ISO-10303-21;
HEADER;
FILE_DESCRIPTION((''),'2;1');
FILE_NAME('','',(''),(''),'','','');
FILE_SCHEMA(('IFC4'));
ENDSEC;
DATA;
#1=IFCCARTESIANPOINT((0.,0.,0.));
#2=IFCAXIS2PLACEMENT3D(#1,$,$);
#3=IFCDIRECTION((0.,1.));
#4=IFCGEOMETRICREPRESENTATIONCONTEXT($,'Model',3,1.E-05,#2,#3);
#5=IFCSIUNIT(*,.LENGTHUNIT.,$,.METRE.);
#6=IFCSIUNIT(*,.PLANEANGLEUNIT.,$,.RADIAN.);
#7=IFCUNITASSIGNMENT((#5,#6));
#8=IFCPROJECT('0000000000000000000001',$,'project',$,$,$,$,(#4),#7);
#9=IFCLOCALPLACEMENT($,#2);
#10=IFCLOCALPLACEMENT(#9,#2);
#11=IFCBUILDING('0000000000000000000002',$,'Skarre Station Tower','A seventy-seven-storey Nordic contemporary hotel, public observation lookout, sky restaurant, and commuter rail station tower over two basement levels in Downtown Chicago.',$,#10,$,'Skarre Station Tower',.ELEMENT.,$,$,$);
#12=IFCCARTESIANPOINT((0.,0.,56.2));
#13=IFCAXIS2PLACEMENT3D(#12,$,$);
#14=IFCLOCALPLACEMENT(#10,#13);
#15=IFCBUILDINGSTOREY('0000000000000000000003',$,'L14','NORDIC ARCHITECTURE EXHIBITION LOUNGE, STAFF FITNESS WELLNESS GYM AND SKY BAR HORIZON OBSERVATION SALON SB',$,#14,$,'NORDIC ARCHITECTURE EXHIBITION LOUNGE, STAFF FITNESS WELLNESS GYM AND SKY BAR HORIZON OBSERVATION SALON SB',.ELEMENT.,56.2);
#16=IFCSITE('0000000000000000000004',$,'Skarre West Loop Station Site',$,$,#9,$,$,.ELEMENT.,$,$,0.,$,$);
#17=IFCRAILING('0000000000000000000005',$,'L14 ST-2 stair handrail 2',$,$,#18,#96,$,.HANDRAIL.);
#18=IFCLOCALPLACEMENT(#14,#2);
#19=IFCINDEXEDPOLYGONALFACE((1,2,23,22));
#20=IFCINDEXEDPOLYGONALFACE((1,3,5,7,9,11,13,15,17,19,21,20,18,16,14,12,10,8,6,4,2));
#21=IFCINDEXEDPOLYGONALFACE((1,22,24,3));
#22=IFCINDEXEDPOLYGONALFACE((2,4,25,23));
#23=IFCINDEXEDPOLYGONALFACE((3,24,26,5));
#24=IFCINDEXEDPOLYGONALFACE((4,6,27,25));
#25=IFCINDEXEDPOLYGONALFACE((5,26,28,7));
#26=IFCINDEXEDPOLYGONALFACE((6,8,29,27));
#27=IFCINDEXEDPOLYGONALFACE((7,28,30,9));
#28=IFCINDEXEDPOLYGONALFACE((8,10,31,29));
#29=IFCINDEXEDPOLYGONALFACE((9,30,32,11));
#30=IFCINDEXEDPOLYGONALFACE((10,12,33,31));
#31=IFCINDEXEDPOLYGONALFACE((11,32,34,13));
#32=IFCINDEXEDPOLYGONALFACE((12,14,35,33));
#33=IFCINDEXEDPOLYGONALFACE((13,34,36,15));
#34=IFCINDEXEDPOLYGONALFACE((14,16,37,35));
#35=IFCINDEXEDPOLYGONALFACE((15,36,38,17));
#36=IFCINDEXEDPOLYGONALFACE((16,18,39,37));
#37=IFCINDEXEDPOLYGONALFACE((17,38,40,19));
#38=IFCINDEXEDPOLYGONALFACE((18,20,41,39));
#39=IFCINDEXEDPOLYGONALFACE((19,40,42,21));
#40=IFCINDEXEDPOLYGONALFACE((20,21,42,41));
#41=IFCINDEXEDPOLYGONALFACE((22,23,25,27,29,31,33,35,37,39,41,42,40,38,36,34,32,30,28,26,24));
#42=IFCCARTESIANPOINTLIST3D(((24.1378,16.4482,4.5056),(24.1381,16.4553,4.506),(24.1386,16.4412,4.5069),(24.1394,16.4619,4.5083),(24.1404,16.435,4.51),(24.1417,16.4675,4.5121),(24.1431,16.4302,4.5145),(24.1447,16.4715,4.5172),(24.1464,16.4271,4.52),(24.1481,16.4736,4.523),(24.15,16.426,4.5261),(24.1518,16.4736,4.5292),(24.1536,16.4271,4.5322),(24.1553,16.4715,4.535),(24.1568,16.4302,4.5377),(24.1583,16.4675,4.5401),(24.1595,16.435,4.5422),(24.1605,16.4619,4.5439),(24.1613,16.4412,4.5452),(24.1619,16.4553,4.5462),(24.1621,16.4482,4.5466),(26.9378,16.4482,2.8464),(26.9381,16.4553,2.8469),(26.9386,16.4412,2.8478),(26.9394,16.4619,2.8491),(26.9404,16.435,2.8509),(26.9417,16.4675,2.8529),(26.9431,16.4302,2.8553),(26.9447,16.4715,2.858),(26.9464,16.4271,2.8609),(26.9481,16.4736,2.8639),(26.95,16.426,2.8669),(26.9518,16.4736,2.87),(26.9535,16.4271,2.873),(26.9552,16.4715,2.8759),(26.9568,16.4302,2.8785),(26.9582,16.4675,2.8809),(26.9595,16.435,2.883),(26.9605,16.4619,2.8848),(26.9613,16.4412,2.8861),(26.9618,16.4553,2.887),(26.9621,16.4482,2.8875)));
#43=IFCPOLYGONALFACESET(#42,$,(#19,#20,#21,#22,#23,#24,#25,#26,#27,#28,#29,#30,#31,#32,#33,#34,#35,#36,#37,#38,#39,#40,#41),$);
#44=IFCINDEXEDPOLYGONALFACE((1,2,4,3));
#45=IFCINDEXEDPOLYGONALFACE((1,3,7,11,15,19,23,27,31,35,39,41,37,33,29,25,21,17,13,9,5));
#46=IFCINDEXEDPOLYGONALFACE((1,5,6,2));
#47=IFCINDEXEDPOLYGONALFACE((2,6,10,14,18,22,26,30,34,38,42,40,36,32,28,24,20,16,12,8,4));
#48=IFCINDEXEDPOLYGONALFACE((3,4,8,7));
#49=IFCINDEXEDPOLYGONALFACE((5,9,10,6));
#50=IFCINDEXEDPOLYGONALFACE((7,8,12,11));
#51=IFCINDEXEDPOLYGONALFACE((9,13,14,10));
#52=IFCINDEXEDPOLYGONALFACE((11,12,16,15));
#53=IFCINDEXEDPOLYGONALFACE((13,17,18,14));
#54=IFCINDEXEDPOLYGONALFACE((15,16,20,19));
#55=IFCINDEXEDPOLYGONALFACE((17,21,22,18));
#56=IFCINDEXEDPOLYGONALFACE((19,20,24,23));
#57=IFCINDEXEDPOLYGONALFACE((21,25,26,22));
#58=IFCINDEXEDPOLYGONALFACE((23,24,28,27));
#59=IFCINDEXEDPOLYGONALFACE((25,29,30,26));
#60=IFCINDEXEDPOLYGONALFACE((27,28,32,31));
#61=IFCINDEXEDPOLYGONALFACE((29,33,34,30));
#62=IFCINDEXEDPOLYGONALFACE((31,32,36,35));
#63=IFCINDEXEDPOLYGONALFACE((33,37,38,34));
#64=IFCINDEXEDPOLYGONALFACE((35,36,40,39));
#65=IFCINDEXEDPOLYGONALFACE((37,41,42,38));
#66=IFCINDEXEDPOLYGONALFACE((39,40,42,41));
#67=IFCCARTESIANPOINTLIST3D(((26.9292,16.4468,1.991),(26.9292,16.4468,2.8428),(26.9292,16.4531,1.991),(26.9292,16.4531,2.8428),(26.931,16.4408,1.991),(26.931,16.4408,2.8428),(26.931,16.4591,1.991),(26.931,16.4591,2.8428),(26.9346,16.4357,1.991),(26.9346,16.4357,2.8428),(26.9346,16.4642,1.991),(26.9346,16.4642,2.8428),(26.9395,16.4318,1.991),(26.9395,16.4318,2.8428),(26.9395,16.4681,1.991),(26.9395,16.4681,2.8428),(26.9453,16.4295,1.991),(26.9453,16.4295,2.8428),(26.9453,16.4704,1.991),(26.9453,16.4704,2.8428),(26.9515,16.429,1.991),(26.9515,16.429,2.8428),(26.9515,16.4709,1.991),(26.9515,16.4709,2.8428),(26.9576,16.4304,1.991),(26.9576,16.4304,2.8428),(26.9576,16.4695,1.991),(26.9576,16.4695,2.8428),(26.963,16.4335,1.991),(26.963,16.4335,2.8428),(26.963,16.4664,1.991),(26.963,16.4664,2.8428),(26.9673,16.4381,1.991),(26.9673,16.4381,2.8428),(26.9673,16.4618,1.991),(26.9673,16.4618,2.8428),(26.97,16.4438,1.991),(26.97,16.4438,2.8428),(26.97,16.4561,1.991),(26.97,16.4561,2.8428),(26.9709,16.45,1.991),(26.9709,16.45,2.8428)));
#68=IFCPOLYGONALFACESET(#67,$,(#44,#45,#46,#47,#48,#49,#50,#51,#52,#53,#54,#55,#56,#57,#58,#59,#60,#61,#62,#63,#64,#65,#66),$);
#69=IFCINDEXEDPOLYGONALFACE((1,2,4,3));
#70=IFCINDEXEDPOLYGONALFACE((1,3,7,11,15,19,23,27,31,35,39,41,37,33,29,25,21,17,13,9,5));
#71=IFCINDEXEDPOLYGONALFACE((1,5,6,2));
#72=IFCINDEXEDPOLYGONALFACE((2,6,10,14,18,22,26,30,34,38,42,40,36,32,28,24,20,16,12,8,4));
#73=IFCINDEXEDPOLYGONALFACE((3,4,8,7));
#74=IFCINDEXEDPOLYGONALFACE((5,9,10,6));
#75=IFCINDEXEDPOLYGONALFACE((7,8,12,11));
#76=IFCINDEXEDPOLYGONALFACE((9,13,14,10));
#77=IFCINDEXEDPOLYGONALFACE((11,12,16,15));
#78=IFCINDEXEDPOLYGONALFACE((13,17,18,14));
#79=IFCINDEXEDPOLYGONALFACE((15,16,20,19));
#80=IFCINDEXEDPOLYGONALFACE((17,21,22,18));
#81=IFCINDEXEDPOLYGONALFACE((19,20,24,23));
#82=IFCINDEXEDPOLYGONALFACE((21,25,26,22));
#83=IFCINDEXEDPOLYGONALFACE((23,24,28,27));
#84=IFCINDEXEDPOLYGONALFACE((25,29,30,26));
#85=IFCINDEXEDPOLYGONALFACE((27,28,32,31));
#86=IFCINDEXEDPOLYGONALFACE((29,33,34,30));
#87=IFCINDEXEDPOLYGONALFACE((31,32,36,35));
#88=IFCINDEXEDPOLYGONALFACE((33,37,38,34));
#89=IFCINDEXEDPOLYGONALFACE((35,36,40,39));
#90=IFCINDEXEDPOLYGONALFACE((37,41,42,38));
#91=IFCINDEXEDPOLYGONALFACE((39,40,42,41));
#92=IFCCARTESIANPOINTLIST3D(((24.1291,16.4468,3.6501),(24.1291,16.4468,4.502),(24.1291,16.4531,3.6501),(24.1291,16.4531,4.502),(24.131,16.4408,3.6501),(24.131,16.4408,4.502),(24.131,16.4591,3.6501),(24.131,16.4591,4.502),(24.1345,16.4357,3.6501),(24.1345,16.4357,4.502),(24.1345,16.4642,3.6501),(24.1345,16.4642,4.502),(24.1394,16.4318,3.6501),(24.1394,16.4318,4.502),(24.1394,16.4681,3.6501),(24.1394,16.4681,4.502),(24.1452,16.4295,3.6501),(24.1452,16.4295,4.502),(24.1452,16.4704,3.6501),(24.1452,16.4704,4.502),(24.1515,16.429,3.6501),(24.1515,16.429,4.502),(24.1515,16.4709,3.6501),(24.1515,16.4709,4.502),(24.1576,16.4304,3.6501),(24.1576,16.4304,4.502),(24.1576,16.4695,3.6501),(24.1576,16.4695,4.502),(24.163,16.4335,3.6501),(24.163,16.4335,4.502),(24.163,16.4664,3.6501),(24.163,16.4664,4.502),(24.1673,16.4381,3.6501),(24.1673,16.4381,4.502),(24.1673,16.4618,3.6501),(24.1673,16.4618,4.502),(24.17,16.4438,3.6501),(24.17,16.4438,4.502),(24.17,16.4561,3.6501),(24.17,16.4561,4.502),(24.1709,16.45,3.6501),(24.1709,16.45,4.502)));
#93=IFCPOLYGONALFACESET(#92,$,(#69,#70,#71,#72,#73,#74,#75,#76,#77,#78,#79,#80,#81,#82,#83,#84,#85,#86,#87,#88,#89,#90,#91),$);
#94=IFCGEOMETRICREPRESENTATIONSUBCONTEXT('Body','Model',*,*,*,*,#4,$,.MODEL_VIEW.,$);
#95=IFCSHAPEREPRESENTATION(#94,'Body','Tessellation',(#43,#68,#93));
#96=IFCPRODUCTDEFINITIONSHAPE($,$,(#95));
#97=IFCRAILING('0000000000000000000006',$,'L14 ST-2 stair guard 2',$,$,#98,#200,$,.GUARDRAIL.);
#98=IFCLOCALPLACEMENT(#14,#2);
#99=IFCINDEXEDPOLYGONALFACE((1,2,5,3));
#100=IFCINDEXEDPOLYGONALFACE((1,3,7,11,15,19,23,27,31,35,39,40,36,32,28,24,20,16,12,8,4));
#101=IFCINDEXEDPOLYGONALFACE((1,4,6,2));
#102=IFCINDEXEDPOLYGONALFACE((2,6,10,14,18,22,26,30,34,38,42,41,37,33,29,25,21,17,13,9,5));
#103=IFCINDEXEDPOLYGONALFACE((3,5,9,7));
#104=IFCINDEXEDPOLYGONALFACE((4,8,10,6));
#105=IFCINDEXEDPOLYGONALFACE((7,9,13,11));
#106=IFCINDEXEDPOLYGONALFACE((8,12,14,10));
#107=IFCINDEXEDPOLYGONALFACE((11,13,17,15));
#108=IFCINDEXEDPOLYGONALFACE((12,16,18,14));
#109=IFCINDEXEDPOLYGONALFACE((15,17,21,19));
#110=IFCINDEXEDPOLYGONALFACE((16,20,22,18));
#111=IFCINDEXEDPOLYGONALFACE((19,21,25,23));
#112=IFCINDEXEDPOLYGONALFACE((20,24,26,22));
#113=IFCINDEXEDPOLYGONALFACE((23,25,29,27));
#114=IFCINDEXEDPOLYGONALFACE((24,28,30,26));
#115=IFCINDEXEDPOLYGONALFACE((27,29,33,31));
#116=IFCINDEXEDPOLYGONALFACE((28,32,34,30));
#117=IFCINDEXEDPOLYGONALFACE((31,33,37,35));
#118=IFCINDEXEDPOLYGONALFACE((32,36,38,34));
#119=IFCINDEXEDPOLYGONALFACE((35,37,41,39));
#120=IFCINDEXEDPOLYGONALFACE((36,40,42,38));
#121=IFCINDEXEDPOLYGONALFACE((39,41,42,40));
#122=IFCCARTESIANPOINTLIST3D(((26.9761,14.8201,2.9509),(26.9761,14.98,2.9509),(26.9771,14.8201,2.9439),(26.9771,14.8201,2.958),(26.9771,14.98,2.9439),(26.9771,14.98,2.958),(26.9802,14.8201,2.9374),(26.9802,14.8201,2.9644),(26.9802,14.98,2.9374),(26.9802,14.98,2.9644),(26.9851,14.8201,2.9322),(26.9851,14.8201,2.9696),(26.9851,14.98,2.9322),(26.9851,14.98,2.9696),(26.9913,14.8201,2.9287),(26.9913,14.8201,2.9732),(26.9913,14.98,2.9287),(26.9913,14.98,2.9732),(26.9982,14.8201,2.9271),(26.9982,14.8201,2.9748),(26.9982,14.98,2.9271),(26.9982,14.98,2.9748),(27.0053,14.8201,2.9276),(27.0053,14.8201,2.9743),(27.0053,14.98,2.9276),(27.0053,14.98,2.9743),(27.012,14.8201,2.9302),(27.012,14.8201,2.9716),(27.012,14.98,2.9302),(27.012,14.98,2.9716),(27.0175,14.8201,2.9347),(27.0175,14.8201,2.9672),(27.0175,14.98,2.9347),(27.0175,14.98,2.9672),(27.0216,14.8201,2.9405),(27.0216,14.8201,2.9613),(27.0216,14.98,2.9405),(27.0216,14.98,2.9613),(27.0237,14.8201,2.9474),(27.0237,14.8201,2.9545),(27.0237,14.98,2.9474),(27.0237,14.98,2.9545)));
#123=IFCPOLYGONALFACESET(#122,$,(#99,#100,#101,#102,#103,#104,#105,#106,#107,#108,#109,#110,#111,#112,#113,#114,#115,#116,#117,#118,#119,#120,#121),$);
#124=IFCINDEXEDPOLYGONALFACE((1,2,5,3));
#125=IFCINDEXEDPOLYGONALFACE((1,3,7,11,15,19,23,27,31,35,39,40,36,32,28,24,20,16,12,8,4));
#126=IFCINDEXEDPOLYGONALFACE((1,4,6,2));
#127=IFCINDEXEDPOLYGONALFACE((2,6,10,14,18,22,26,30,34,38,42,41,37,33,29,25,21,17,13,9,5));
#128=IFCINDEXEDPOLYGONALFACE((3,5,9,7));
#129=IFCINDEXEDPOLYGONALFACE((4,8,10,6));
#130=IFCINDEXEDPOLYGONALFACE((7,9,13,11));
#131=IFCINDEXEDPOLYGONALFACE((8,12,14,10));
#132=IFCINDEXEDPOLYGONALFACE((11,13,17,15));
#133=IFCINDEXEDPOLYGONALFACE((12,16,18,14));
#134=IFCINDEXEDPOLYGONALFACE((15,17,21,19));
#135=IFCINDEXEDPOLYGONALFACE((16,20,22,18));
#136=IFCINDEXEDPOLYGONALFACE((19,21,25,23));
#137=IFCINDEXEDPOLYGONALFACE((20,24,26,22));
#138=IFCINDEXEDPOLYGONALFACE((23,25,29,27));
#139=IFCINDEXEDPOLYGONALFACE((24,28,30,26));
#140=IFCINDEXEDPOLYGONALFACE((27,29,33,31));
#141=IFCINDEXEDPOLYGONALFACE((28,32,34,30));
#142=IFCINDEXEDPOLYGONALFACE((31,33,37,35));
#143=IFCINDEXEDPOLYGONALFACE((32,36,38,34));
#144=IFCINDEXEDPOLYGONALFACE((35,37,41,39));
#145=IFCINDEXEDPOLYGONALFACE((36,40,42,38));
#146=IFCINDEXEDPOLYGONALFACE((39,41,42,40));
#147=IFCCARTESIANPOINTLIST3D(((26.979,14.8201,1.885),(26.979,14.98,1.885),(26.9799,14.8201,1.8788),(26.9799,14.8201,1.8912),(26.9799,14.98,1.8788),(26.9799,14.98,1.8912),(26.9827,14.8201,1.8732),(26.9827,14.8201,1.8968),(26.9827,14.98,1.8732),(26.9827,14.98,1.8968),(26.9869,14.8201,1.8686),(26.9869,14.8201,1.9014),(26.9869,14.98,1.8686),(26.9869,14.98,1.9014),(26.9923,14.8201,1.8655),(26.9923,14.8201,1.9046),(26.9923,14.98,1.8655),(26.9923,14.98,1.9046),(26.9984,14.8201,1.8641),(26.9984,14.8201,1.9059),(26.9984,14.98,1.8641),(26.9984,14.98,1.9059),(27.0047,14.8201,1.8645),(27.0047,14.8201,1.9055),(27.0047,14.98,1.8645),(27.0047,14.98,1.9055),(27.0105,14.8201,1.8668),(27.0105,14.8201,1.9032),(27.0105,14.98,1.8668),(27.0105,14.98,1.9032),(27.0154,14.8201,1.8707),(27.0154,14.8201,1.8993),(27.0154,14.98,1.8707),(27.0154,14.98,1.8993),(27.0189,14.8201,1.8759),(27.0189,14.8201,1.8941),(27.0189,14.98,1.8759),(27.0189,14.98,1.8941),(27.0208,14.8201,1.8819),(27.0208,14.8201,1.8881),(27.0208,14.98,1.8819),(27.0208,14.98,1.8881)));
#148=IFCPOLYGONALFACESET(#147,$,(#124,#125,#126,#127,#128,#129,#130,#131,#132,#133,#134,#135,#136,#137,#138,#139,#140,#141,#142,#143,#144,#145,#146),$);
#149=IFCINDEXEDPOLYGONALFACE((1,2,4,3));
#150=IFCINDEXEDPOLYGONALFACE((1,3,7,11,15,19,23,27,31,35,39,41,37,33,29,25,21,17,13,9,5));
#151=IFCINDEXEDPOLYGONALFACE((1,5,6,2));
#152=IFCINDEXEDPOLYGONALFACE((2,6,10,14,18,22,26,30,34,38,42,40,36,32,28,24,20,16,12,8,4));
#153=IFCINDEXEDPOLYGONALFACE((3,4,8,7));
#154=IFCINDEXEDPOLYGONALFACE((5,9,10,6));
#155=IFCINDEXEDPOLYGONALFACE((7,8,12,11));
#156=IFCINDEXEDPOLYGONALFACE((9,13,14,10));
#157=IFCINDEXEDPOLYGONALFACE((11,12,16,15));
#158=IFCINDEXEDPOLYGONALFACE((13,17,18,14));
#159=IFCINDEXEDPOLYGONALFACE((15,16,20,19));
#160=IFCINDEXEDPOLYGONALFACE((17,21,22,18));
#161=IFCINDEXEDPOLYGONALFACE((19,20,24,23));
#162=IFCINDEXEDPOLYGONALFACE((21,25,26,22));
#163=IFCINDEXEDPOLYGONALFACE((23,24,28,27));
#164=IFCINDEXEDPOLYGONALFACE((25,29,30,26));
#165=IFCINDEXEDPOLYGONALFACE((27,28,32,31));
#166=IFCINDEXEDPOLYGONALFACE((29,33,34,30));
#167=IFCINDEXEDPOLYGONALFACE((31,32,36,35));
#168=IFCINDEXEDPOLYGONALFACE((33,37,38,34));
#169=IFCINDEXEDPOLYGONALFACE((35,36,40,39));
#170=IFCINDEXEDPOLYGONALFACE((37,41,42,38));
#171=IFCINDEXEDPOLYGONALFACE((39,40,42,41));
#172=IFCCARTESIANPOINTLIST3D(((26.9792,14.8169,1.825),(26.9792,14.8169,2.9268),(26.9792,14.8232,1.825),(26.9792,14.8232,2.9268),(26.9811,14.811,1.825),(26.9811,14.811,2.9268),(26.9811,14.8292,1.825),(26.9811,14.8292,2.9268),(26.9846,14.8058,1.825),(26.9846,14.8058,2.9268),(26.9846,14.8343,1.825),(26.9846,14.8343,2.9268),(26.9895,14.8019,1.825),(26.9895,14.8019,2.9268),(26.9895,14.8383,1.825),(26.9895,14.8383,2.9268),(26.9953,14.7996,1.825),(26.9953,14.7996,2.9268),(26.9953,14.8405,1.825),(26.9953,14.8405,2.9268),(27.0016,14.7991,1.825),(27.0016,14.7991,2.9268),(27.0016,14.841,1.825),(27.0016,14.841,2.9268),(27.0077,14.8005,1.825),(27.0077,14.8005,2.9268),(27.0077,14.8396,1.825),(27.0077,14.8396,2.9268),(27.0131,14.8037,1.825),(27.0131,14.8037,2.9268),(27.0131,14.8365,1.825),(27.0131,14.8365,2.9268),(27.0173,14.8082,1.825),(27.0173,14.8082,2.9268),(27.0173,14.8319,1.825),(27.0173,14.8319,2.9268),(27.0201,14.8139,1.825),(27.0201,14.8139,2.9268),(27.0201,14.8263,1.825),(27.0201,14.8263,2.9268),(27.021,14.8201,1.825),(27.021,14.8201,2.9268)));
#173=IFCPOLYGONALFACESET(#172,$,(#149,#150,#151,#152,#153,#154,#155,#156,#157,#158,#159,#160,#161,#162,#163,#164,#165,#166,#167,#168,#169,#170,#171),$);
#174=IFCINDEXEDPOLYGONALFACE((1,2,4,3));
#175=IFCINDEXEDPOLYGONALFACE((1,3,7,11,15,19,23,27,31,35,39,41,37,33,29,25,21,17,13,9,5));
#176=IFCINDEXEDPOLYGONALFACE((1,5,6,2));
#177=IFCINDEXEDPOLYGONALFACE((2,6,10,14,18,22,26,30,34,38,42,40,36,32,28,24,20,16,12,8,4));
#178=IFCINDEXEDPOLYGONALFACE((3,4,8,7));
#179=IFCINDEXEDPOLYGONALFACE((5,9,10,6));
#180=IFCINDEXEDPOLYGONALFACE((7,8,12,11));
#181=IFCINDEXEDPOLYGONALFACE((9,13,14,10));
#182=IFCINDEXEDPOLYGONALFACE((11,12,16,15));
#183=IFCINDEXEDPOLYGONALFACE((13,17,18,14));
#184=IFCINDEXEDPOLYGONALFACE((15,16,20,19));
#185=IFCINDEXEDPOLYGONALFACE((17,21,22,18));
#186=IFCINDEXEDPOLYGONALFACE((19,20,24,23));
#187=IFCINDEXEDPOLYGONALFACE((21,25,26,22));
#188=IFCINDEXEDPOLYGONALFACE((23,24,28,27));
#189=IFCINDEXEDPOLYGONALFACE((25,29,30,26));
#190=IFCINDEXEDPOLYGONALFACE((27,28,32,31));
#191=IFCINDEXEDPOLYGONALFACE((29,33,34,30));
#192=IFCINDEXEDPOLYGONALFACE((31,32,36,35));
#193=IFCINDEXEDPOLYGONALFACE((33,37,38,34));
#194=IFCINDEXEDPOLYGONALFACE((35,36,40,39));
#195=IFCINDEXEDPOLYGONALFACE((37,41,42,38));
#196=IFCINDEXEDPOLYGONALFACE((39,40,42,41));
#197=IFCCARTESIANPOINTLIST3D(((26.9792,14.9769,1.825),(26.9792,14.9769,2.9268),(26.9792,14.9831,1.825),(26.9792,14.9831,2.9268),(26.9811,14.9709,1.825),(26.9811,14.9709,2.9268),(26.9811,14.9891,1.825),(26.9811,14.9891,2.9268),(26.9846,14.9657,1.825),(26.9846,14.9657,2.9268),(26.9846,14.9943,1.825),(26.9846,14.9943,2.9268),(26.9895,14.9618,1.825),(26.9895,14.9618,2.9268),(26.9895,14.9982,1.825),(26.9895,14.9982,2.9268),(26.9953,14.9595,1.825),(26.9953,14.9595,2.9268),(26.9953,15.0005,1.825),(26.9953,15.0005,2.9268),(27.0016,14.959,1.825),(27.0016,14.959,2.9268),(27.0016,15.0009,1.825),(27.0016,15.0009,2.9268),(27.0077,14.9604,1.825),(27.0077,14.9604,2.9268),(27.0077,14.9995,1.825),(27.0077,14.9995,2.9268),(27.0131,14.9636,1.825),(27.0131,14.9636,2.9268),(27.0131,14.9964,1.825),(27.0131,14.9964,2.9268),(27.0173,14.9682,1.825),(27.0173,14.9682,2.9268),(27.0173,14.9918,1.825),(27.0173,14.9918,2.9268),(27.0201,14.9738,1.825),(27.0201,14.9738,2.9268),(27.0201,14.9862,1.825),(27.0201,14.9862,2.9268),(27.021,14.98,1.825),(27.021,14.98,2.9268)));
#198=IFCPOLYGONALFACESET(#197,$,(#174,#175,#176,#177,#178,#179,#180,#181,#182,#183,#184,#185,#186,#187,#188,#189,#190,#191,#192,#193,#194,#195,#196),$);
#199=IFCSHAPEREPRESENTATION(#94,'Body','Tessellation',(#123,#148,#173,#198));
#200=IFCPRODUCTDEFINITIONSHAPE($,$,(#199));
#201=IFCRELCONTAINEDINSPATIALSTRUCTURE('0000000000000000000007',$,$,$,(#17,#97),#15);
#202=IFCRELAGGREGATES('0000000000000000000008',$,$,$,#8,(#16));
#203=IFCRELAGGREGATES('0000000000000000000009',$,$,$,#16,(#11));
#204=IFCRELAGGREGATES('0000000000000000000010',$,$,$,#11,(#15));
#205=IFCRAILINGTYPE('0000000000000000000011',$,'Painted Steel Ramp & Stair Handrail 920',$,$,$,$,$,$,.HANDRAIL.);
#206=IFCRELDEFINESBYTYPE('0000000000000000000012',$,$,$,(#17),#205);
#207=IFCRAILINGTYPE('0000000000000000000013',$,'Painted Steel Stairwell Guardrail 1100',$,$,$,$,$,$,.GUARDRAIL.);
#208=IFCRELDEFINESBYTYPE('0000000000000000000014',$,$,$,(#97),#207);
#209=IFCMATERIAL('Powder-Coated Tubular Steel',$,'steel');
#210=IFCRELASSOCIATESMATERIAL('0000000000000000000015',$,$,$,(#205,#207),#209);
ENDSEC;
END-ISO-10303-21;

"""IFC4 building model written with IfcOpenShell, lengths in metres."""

from ifc_helpers import new_model, si_unit, direction, frame, origin, origin_2d, place, context, subcontext, project, spatial, circle, extrude, material, type_object, element, save


model = new_model("IFC4")

# Units and contexts
model_context = context("Model", 3, precision=1e-05, world=origin(), true_north=direction((0.0, 1.0)))
body_context = subcontext(model_context, "Body", "Model", "MODEL_VIEW")
ifc_project = project(units=[si_unit("LENGTHUNIT", "METRE"), si_unit("PLANEANGLEUNIT", "RADIAN")], contexts=[model_context])

# Site, building, storey
site_placement = place(None, origin())
site = spatial("IfcSite", under=ifc_project, at=site_placement, Name="Skarre West Loop Station Site", CompositionType="ELEMENT", RefElevation=0.0)
building_placement = place(site_placement, origin())
building = spatial("IfcBuilding", under=site, at=building_placement, Name="Skarre Station Tower", Description="A seventy-seven-storey Nordic contemporary hotel, public observation lookout, sky restaurant, and commuter rail station tower over two basement levels in Downtown Chicago.", LongName="Skarre Station Tower", CompositionType="ELEMENT")
storey_placement = place(building_placement, frame((0.0, 0.0, 56.2)))
storey = spatial("IfcBuildingStorey", under=building, at=storey_placement, Name="L14", Description="NORDIC ARCHITECTURE EXHIBITION LOUNGE, STAFF FITNESS WELLNESS GYM AND SKY BAR HORIZON OBSERVATION SALON SB", LongName="NORDIC ARCHITECTURE EXHIBITION LOUNGE, STAFF FITNESS WELLNESS GYM AND SKY BAR HORIZON OBSERVATION SALON SB", CompositionType="ELEMENT", Elevation=56.2)

# Railings
ifc_material_1 = material(Name="Powder-Coated Tubular Steel", Category="steel")
railing_type_1 = type_object("IfcRailingType", Name="Painted Steel Ramp & Stair Handrail 920", PredefinedType="HANDRAIL", material=ifc_material_1)
railing_1_placement = place(storey_placement, frame((26.95, 16.45, 1.991)))
element("IfcRailing", 1, at=railing_1_placement, inside=storey, type_object=railing_type_1, Name="L14 ST-2 stair handrail 2", PredefinedType="HANDRAIL", context=body_context, shape_type="SweptSolid", body=[
    extrude(circle(Radius=0.0239, at=origin_2d()), frame((0.0, 0.0, 0.876), z_axis=(-0.860306, 0.0, 0.509778), x_axis=(0.0, -1.0, 0.0)), (0.0, 0.0, 1.0), 3.2546),
    extrude(circle(Radius=0.021, at=origin_2d()), origin(), (0.0, 0.0, 1.0), 0.8518),
    extrude(circle(Radius=0.021, at=origin_2d()), frame((-2.8, 0.0, 1.6592)), (0.0, 0.0, 1.0), 0.8518),
])
railing_type_2 = type_object("IfcRailingType", Name="Painted Steel Stairwell Guardrail 1100", PredefinedType="GUARDRAIL", material=ifc_material_1)
railing_2_placement = place(storey_placement, frame((27.0, 14.8201, 1.825)))
element("IfcRailing", 2, at=railing_2_placement, inside=storey, type_object=railing_type_2, Name="L14 ST-2 stair guard 2", PredefinedType="GUARDRAIL", context=body_context, shape_type="SweptSolid", body=[
    extrude(circle(Radius=0.0239, at=origin_2d()), frame((0.0, 0.0, 1.126), z_axis=(0.0, 1.0, 0.0), x_axis=(-1.0, 0.0, 0.0)), (0.0, 0.0, 1.0), 0.1599),
    extrude(circle(Radius=0.021, at=origin_2d()), frame((0.0, 0.0, 0.0601), z_axis=(0.0, 1.0, 0.0), x_axis=(-1.0, 0.0, 0.0)), (0.0, 0.0, 1.0), 0.1599),
    extrude(circle(Radius=0.021, at=origin_2d()), origin(), (0.0, 0.0, 1.0), 1.1018),
    extrude(circle(Radius=0.021, at=origin_2d()), frame((0.0, 0.1599, 0.0)), (0.0, 0.0, 1.0), 1.1018),
])

save(model, "model.ifc")
